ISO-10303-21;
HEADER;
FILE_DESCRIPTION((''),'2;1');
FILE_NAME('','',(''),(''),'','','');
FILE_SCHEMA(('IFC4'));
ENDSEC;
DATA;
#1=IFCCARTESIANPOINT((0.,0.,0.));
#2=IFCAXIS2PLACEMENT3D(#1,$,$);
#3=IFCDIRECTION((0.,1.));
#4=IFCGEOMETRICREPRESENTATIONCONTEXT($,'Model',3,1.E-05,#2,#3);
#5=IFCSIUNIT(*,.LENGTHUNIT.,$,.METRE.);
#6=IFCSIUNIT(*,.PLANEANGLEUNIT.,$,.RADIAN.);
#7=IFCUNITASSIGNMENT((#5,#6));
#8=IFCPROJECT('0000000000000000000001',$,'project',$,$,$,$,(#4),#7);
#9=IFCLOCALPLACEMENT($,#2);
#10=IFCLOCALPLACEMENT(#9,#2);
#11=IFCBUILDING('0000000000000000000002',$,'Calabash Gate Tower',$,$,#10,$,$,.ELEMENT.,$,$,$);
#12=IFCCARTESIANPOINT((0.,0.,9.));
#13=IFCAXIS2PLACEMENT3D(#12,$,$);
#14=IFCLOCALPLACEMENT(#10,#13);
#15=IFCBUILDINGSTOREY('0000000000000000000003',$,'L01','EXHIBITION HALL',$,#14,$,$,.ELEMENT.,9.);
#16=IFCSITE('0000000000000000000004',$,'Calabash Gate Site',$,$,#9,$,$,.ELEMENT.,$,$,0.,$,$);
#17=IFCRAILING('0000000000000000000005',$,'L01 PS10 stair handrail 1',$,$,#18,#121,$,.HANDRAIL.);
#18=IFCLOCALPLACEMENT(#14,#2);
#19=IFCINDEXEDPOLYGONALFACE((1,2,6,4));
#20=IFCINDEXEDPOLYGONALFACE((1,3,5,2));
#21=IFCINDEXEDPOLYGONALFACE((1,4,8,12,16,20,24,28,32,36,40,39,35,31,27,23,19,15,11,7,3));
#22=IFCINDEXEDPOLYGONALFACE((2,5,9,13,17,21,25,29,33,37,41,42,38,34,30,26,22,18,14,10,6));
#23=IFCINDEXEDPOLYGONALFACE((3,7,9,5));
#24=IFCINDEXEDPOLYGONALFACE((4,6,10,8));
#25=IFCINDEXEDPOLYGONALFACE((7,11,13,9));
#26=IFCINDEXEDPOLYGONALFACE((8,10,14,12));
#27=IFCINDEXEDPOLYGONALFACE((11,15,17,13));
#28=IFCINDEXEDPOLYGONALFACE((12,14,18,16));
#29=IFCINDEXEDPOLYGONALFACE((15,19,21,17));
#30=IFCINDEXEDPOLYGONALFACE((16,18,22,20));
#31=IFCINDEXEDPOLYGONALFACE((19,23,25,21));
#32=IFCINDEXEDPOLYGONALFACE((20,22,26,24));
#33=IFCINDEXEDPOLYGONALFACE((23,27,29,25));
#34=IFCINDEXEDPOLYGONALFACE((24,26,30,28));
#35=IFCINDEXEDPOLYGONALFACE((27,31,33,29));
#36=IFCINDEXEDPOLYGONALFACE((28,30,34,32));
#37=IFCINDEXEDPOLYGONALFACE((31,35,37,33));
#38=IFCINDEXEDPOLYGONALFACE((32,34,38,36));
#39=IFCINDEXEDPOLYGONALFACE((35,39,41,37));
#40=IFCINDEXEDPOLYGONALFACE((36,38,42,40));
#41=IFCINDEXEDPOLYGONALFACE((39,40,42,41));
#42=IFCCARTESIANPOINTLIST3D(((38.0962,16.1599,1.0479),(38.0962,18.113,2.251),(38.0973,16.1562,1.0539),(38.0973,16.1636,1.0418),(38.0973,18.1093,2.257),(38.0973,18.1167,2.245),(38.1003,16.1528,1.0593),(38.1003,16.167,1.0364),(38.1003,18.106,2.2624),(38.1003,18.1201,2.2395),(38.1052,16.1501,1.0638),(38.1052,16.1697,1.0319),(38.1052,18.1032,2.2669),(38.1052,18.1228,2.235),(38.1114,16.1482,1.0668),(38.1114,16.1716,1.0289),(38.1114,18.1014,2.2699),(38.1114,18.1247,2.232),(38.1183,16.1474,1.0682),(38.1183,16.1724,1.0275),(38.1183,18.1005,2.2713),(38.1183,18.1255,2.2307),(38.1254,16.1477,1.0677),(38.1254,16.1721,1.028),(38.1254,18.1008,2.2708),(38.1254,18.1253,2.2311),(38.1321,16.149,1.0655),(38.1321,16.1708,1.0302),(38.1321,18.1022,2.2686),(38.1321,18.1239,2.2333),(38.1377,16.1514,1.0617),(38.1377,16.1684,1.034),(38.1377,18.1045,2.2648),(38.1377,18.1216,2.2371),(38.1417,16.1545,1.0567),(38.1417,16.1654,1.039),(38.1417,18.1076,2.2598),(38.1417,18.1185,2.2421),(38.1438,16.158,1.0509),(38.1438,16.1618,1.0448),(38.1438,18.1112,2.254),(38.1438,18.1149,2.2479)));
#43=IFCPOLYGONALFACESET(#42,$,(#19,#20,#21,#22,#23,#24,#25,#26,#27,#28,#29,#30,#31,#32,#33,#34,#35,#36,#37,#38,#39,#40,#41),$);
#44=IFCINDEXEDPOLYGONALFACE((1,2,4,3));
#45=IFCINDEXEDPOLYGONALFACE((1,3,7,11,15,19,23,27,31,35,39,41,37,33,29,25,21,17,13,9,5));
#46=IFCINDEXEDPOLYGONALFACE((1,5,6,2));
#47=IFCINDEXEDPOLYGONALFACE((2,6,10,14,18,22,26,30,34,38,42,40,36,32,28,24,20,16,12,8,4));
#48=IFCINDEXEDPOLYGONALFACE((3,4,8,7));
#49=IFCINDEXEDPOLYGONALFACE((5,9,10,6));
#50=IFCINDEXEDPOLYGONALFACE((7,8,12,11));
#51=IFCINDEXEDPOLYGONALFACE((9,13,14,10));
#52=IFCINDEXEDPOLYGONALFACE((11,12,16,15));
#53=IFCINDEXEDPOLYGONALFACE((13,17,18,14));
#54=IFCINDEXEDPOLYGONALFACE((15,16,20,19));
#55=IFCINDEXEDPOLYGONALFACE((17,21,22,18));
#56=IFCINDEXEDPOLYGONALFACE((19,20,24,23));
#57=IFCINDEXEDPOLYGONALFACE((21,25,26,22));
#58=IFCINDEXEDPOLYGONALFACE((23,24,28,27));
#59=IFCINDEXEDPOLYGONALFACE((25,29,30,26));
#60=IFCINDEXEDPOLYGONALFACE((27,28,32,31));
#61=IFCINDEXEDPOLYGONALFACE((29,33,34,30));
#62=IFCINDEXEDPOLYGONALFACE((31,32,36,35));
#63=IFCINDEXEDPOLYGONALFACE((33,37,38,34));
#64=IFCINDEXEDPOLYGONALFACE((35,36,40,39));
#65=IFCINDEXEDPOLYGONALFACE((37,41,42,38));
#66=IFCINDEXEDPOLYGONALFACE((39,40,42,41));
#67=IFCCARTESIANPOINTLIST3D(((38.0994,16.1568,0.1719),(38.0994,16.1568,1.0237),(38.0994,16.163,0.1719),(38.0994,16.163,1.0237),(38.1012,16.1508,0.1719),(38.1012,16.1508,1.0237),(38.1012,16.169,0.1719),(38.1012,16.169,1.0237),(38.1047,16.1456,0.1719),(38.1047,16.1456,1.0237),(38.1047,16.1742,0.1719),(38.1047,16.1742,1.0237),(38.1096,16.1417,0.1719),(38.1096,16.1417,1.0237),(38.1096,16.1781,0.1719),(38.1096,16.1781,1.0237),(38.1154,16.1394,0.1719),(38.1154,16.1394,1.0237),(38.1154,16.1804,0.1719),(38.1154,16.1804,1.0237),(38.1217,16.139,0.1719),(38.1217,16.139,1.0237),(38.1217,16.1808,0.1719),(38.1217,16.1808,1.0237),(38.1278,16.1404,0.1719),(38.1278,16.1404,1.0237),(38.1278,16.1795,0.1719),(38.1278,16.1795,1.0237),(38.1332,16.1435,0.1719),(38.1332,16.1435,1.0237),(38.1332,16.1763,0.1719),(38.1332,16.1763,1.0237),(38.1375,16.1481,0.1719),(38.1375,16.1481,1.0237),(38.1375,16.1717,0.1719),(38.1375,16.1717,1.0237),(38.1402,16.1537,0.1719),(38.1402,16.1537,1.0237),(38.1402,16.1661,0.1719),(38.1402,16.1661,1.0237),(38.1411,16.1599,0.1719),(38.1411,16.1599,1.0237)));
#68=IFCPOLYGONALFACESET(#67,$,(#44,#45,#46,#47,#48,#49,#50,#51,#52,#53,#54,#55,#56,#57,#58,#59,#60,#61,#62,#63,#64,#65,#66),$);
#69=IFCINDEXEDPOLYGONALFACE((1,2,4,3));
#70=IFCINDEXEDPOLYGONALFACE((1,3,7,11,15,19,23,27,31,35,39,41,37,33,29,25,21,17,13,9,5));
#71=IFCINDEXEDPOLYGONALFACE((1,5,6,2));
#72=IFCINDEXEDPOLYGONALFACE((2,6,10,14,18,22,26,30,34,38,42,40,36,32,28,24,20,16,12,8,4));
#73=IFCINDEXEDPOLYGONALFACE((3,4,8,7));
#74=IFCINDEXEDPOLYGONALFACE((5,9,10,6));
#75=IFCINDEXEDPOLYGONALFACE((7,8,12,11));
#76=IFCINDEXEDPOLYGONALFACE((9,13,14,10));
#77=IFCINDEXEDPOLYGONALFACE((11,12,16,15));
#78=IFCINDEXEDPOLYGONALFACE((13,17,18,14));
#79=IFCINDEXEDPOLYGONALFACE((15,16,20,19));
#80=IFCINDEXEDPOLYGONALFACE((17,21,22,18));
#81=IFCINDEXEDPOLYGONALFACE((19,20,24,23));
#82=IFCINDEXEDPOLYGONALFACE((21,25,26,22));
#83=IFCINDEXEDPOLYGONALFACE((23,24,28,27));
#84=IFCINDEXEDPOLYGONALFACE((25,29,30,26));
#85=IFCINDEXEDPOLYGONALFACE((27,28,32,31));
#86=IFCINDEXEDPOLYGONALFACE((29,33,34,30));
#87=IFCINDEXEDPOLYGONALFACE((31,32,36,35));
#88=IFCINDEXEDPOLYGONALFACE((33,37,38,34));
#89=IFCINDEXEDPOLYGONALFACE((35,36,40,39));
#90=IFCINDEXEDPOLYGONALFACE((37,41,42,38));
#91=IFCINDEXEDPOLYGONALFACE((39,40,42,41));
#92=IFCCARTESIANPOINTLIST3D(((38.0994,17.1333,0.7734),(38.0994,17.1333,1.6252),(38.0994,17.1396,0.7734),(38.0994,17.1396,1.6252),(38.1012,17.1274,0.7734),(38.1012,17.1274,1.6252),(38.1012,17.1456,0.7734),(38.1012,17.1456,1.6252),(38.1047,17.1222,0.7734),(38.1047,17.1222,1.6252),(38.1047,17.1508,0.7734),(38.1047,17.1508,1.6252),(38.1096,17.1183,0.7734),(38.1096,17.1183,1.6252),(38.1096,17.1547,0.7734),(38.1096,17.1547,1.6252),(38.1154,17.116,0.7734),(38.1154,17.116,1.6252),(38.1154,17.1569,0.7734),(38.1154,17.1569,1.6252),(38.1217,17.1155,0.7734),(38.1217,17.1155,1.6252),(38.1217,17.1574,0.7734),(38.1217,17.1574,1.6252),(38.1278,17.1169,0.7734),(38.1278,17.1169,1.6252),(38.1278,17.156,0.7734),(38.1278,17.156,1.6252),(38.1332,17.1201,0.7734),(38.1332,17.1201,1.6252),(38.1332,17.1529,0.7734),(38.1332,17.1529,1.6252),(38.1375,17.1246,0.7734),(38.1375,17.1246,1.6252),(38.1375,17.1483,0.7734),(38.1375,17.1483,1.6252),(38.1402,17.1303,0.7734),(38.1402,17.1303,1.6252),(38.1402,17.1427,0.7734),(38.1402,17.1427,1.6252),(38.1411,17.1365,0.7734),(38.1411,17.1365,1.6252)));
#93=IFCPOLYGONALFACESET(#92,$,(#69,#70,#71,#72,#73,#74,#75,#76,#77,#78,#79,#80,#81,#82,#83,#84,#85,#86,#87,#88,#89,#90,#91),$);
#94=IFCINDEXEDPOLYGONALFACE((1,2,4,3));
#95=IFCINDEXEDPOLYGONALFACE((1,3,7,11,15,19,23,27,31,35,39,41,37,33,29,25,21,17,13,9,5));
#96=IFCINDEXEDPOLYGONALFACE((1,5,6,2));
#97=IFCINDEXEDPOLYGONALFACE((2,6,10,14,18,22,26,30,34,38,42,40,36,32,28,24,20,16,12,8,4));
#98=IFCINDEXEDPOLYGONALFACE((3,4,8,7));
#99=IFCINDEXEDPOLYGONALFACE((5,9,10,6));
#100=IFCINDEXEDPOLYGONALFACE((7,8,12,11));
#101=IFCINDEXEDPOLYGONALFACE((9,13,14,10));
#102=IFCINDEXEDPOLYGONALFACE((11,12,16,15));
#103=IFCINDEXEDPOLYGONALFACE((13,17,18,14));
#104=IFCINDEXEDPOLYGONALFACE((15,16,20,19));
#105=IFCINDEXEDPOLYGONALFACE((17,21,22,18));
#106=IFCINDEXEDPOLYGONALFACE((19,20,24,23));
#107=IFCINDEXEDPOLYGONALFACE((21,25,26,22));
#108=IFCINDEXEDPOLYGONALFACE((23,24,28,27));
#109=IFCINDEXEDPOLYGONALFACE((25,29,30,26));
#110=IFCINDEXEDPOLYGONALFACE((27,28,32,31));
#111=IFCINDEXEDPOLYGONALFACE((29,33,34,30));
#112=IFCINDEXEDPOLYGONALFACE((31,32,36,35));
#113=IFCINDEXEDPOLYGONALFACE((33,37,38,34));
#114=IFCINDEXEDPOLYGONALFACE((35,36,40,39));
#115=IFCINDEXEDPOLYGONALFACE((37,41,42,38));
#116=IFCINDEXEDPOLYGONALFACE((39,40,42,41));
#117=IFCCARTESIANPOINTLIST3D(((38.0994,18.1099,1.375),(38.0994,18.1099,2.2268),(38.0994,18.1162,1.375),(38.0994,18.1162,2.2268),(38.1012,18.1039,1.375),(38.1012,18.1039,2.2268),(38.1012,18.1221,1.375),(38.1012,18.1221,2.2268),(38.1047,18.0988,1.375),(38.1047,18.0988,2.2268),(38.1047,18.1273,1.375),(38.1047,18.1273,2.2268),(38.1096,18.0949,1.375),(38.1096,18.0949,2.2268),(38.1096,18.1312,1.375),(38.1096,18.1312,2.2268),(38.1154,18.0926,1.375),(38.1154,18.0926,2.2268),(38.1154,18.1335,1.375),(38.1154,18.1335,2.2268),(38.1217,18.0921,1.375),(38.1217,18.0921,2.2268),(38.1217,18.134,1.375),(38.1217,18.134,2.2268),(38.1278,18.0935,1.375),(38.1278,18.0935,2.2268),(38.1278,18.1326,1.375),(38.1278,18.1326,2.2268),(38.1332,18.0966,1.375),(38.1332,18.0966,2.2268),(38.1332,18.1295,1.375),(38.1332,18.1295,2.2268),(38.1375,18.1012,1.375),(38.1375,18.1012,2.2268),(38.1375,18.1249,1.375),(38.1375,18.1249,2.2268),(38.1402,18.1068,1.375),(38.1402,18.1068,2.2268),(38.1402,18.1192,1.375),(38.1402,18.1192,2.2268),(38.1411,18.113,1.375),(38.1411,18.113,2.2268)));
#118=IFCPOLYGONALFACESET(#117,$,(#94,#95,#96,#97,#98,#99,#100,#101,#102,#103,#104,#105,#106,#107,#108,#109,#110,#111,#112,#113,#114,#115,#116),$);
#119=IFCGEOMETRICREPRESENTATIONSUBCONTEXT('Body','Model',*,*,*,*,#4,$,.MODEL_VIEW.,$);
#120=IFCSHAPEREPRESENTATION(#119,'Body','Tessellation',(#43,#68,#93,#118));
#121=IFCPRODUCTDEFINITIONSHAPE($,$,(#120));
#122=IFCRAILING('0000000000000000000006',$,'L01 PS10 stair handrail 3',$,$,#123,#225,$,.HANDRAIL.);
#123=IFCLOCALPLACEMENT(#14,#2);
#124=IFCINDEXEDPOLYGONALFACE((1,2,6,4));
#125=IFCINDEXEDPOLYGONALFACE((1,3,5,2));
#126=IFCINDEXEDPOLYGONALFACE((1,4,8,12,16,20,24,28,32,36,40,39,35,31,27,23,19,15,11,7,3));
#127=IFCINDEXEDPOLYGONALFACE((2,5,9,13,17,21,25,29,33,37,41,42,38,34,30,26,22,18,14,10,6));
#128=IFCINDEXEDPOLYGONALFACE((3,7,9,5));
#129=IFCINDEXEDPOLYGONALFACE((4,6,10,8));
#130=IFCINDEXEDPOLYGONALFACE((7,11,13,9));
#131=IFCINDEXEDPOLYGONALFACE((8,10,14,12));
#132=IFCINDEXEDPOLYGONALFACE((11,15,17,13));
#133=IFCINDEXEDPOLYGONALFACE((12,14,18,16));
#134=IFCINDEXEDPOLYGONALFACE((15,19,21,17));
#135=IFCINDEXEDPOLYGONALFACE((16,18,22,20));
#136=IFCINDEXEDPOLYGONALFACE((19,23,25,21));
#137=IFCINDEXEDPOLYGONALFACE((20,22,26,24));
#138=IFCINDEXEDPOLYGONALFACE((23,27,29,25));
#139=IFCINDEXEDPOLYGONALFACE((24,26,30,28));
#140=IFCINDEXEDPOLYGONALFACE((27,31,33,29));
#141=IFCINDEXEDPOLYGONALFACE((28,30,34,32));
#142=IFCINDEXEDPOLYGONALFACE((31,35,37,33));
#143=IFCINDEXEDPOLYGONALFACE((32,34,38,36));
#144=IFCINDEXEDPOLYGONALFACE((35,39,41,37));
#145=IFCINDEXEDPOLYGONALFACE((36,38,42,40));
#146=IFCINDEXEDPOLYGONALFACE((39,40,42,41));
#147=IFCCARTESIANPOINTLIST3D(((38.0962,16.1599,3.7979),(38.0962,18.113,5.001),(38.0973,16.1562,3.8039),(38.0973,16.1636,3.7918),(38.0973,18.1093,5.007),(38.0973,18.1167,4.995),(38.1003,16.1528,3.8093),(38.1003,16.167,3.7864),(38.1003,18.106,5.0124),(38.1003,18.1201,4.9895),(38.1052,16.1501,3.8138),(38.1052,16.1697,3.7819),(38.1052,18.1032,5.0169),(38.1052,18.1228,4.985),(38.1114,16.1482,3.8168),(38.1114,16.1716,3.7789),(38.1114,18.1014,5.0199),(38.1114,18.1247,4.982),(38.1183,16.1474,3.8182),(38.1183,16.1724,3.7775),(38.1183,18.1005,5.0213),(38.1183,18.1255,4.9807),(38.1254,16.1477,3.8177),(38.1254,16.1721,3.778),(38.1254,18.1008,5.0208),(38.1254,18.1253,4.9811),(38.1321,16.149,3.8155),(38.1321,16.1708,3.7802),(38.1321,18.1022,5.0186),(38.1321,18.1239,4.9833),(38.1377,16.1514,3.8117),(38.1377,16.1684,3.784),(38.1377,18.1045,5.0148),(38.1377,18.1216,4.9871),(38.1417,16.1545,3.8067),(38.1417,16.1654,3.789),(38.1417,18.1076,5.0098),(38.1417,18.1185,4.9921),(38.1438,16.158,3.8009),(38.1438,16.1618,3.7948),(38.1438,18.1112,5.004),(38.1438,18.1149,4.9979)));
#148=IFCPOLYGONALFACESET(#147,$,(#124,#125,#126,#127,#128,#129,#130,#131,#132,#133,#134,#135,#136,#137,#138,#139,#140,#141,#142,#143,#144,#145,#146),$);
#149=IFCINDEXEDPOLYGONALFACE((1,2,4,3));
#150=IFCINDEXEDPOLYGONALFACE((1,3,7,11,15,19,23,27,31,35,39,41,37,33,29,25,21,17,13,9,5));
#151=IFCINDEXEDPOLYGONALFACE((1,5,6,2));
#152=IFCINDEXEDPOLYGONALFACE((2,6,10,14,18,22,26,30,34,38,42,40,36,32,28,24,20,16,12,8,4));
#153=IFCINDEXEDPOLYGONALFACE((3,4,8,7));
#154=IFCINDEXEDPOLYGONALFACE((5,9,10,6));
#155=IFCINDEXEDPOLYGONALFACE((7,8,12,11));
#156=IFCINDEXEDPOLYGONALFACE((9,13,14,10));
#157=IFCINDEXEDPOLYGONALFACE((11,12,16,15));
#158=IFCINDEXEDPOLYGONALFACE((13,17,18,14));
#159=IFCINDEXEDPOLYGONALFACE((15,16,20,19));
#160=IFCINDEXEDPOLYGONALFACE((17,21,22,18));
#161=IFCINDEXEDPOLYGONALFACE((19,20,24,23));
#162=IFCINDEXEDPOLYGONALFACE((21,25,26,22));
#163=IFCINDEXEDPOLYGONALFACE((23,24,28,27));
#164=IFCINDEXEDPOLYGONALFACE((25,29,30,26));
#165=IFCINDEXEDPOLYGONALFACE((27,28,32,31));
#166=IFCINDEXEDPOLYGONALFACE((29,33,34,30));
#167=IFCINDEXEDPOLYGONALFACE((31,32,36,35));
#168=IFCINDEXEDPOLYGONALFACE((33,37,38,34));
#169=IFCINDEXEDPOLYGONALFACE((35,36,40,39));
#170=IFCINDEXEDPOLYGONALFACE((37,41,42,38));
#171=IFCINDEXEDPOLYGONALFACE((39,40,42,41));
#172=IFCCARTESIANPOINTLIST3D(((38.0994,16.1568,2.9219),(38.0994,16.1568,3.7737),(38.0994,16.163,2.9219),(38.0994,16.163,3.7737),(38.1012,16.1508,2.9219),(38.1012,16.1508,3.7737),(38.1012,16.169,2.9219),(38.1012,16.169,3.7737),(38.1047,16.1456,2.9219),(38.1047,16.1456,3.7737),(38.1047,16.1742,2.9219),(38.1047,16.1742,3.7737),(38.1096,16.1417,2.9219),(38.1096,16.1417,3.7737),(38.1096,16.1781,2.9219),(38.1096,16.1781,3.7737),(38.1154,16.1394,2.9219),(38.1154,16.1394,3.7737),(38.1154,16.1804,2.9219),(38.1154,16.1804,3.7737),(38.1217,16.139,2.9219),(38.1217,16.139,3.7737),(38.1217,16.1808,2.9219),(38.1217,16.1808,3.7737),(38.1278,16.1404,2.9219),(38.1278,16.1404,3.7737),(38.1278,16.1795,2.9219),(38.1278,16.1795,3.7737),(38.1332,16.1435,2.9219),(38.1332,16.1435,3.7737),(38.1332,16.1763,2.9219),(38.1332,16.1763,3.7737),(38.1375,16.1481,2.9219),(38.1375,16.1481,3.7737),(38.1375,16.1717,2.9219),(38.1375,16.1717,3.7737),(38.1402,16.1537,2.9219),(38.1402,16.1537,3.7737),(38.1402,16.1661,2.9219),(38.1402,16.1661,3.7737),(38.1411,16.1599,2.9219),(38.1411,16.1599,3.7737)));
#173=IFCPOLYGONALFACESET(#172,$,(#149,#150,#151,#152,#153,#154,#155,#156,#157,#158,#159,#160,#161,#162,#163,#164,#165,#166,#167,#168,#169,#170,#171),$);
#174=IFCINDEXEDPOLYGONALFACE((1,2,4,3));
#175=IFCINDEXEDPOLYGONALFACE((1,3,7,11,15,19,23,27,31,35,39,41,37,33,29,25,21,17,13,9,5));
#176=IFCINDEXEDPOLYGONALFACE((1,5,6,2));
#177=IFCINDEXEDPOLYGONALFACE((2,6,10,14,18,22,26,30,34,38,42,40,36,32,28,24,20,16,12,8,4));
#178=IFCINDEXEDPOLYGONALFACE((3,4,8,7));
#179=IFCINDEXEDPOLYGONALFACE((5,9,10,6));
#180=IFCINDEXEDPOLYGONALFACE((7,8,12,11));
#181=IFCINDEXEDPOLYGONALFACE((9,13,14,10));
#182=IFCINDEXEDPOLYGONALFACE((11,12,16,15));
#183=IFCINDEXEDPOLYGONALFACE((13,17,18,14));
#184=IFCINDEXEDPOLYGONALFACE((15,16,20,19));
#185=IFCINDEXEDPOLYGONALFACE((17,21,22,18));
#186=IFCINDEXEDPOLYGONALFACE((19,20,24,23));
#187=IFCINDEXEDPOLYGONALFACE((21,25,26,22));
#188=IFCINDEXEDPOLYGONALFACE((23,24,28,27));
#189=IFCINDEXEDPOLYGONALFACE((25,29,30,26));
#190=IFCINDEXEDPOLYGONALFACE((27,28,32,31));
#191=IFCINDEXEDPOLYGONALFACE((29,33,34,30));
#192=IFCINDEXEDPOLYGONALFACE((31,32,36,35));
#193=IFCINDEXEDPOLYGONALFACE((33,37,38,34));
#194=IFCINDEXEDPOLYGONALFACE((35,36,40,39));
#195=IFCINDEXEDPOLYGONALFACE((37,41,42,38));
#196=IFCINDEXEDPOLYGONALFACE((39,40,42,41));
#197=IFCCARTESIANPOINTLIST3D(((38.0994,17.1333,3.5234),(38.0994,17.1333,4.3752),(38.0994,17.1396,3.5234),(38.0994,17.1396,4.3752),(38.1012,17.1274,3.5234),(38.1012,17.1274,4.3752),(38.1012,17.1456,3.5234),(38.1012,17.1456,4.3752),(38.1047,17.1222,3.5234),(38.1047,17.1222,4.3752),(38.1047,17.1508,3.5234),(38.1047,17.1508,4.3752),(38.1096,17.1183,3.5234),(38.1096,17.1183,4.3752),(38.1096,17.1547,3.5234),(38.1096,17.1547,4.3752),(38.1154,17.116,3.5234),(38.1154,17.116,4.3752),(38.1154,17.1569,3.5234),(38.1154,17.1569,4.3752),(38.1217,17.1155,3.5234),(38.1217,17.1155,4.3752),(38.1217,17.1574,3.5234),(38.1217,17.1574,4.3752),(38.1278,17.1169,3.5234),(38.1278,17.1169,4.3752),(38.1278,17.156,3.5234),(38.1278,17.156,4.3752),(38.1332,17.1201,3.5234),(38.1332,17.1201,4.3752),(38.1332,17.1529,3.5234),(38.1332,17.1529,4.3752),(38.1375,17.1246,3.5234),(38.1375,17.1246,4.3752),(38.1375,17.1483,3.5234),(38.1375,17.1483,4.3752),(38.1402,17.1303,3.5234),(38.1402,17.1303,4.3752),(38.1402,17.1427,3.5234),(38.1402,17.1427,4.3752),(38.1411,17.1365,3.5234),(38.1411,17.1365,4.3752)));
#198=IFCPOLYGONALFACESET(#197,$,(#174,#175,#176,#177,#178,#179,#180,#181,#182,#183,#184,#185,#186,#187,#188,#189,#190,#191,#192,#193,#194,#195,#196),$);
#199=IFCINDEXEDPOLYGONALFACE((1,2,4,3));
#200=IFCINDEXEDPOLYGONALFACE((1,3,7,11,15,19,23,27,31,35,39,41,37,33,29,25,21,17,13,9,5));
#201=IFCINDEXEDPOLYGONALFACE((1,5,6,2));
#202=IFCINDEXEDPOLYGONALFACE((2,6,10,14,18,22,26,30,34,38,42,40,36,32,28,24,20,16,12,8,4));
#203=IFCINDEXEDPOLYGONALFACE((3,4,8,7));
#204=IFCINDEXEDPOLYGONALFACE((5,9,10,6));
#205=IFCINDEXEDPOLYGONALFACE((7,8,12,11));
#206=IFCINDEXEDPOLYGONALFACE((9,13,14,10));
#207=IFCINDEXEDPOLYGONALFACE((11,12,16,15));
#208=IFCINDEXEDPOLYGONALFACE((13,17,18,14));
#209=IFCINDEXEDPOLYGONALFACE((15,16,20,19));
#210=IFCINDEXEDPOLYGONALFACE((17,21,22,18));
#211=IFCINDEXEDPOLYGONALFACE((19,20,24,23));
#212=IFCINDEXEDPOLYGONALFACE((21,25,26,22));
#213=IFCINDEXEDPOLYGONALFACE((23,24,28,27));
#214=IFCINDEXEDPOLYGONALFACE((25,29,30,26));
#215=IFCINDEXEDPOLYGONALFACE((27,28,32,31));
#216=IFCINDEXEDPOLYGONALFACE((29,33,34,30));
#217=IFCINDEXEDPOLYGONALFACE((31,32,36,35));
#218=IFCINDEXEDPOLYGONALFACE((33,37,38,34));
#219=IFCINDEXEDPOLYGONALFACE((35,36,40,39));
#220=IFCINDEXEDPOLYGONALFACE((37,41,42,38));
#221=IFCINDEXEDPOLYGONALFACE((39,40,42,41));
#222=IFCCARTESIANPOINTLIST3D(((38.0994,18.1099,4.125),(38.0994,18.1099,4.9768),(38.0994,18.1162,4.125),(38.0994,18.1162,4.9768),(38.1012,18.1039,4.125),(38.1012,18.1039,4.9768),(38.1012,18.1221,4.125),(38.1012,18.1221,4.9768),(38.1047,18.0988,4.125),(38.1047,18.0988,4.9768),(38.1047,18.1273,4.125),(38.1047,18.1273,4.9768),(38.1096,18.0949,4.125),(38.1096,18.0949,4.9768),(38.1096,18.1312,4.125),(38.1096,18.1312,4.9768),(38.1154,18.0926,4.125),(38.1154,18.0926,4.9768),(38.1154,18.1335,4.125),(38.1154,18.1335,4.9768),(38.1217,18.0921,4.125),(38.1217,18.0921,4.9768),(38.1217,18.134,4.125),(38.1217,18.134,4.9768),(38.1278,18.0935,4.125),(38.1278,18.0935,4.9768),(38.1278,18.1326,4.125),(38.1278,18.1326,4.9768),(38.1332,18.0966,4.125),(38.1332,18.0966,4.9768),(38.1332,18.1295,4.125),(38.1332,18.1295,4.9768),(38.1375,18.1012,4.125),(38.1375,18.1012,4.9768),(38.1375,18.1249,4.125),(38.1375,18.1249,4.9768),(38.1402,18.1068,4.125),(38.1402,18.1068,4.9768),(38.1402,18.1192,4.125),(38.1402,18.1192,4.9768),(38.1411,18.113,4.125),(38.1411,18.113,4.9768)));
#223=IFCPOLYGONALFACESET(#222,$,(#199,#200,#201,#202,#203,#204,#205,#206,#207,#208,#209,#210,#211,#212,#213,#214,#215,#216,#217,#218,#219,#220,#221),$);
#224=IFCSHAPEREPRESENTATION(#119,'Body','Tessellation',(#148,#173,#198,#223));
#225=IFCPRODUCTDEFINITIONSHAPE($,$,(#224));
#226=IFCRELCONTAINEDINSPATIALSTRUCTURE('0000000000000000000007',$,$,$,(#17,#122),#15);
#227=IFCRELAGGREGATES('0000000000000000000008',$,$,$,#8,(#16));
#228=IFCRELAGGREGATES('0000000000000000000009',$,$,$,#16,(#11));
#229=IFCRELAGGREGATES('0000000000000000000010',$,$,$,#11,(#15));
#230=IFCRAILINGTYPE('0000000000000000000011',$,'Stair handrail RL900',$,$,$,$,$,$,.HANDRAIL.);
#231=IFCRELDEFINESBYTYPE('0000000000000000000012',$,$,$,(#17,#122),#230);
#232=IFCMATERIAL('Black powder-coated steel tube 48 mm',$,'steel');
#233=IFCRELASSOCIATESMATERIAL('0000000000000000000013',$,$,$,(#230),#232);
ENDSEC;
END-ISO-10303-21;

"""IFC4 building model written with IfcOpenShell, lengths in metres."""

from ifc_helpers import new_model, si_unit, direction, frame, origin, origin_2d, place, context, subcontext, project, spatial, circle, extrude, material, type_object, element, save


model = new_model("IFC4")

# Units and contexts
model_context = context("Model", 3, precision=1e-05, world=origin(), true_north=direction((0.0, 1.0)))
body_context = subcontext(model_context, "Body", "Model", "MODEL_VIEW")
ifc_project = project(units=[si_unit("LENGTHUNIT", "METRE"), si_unit("PLANEANGLEUNIT", "RADIAN")], contexts=[model_context])

# Site, building, storey
site_placement = place(None, origin())
site = spatial("IfcSite", under=ifc_project, at=site_placement, Name="Calabash Gate Site", CompositionType="ELEMENT", RefElevation=0.0)
building_placement = place(site_placement, origin())
building = spatial("IfcBuilding", under=site, at=building_placement, Name="Calabash Gate Tower", CompositionType="ELEMENT")
storey_placement = place(building_placement, frame((0.0, 0.0, 9.0)))
storey = spatial("IfcBuildingStorey", under=building, at=storey_placement, Name="L01", Description="EXHIBITION HALL", CompositionType="ELEMENT", Elevation=9.0)

# Railings
ifc_material_1 = material(Name="Black powder-coated steel tube 48 mm", Category="steel")
railing_type_1 = type_object("IfcRailingType", Name="Stair handrail RL900", PredefinedType="HANDRAIL", material=ifc_material_1)
for number, where, name in (
    (1, (38.1201, 16.1599, 0.1719), "L01 PS10 stair handrail 1"),
    (2, (38.1201, 16.1599, 2.9219), "L01 PS10 stair handrail 3"),
):
    element("IfcRailing", number, at=place(storey_placement, frame(where)), inside=storey, type_object=railing_type_1, Name=name, PredefinedType="HANDRAIL", context=body_context, shape_type="SweptSolid", body=[
        extrude(circle(Radius=0.0239, at=origin_2d()), frame((0.0, 0.0, 0.876), z_axis=(0.0, 0.851424, 0.524477), x_axis=(-1.0, 0.0, 0.0)), (0.0, 0.0, 1.0), 2.2939),
        extrude(circle(Radius=0.021, at=origin_2d()), origin(), (0.0, 0.0, 1.0), 0.8518),
        extrude(circle(Radius=0.021, at=origin_2d()), frame((0.0, 0.9766, 0.6016)), (0.0, 0.0, 1.0), 0.8518),
        extrude(circle(Radius=0.021, at=origin_2d()), frame((0.0, 1.9531, 1.2031)), (0.0, 0.0, 1.0), 0.8518),
    ])

save(model, "model.ifc")
